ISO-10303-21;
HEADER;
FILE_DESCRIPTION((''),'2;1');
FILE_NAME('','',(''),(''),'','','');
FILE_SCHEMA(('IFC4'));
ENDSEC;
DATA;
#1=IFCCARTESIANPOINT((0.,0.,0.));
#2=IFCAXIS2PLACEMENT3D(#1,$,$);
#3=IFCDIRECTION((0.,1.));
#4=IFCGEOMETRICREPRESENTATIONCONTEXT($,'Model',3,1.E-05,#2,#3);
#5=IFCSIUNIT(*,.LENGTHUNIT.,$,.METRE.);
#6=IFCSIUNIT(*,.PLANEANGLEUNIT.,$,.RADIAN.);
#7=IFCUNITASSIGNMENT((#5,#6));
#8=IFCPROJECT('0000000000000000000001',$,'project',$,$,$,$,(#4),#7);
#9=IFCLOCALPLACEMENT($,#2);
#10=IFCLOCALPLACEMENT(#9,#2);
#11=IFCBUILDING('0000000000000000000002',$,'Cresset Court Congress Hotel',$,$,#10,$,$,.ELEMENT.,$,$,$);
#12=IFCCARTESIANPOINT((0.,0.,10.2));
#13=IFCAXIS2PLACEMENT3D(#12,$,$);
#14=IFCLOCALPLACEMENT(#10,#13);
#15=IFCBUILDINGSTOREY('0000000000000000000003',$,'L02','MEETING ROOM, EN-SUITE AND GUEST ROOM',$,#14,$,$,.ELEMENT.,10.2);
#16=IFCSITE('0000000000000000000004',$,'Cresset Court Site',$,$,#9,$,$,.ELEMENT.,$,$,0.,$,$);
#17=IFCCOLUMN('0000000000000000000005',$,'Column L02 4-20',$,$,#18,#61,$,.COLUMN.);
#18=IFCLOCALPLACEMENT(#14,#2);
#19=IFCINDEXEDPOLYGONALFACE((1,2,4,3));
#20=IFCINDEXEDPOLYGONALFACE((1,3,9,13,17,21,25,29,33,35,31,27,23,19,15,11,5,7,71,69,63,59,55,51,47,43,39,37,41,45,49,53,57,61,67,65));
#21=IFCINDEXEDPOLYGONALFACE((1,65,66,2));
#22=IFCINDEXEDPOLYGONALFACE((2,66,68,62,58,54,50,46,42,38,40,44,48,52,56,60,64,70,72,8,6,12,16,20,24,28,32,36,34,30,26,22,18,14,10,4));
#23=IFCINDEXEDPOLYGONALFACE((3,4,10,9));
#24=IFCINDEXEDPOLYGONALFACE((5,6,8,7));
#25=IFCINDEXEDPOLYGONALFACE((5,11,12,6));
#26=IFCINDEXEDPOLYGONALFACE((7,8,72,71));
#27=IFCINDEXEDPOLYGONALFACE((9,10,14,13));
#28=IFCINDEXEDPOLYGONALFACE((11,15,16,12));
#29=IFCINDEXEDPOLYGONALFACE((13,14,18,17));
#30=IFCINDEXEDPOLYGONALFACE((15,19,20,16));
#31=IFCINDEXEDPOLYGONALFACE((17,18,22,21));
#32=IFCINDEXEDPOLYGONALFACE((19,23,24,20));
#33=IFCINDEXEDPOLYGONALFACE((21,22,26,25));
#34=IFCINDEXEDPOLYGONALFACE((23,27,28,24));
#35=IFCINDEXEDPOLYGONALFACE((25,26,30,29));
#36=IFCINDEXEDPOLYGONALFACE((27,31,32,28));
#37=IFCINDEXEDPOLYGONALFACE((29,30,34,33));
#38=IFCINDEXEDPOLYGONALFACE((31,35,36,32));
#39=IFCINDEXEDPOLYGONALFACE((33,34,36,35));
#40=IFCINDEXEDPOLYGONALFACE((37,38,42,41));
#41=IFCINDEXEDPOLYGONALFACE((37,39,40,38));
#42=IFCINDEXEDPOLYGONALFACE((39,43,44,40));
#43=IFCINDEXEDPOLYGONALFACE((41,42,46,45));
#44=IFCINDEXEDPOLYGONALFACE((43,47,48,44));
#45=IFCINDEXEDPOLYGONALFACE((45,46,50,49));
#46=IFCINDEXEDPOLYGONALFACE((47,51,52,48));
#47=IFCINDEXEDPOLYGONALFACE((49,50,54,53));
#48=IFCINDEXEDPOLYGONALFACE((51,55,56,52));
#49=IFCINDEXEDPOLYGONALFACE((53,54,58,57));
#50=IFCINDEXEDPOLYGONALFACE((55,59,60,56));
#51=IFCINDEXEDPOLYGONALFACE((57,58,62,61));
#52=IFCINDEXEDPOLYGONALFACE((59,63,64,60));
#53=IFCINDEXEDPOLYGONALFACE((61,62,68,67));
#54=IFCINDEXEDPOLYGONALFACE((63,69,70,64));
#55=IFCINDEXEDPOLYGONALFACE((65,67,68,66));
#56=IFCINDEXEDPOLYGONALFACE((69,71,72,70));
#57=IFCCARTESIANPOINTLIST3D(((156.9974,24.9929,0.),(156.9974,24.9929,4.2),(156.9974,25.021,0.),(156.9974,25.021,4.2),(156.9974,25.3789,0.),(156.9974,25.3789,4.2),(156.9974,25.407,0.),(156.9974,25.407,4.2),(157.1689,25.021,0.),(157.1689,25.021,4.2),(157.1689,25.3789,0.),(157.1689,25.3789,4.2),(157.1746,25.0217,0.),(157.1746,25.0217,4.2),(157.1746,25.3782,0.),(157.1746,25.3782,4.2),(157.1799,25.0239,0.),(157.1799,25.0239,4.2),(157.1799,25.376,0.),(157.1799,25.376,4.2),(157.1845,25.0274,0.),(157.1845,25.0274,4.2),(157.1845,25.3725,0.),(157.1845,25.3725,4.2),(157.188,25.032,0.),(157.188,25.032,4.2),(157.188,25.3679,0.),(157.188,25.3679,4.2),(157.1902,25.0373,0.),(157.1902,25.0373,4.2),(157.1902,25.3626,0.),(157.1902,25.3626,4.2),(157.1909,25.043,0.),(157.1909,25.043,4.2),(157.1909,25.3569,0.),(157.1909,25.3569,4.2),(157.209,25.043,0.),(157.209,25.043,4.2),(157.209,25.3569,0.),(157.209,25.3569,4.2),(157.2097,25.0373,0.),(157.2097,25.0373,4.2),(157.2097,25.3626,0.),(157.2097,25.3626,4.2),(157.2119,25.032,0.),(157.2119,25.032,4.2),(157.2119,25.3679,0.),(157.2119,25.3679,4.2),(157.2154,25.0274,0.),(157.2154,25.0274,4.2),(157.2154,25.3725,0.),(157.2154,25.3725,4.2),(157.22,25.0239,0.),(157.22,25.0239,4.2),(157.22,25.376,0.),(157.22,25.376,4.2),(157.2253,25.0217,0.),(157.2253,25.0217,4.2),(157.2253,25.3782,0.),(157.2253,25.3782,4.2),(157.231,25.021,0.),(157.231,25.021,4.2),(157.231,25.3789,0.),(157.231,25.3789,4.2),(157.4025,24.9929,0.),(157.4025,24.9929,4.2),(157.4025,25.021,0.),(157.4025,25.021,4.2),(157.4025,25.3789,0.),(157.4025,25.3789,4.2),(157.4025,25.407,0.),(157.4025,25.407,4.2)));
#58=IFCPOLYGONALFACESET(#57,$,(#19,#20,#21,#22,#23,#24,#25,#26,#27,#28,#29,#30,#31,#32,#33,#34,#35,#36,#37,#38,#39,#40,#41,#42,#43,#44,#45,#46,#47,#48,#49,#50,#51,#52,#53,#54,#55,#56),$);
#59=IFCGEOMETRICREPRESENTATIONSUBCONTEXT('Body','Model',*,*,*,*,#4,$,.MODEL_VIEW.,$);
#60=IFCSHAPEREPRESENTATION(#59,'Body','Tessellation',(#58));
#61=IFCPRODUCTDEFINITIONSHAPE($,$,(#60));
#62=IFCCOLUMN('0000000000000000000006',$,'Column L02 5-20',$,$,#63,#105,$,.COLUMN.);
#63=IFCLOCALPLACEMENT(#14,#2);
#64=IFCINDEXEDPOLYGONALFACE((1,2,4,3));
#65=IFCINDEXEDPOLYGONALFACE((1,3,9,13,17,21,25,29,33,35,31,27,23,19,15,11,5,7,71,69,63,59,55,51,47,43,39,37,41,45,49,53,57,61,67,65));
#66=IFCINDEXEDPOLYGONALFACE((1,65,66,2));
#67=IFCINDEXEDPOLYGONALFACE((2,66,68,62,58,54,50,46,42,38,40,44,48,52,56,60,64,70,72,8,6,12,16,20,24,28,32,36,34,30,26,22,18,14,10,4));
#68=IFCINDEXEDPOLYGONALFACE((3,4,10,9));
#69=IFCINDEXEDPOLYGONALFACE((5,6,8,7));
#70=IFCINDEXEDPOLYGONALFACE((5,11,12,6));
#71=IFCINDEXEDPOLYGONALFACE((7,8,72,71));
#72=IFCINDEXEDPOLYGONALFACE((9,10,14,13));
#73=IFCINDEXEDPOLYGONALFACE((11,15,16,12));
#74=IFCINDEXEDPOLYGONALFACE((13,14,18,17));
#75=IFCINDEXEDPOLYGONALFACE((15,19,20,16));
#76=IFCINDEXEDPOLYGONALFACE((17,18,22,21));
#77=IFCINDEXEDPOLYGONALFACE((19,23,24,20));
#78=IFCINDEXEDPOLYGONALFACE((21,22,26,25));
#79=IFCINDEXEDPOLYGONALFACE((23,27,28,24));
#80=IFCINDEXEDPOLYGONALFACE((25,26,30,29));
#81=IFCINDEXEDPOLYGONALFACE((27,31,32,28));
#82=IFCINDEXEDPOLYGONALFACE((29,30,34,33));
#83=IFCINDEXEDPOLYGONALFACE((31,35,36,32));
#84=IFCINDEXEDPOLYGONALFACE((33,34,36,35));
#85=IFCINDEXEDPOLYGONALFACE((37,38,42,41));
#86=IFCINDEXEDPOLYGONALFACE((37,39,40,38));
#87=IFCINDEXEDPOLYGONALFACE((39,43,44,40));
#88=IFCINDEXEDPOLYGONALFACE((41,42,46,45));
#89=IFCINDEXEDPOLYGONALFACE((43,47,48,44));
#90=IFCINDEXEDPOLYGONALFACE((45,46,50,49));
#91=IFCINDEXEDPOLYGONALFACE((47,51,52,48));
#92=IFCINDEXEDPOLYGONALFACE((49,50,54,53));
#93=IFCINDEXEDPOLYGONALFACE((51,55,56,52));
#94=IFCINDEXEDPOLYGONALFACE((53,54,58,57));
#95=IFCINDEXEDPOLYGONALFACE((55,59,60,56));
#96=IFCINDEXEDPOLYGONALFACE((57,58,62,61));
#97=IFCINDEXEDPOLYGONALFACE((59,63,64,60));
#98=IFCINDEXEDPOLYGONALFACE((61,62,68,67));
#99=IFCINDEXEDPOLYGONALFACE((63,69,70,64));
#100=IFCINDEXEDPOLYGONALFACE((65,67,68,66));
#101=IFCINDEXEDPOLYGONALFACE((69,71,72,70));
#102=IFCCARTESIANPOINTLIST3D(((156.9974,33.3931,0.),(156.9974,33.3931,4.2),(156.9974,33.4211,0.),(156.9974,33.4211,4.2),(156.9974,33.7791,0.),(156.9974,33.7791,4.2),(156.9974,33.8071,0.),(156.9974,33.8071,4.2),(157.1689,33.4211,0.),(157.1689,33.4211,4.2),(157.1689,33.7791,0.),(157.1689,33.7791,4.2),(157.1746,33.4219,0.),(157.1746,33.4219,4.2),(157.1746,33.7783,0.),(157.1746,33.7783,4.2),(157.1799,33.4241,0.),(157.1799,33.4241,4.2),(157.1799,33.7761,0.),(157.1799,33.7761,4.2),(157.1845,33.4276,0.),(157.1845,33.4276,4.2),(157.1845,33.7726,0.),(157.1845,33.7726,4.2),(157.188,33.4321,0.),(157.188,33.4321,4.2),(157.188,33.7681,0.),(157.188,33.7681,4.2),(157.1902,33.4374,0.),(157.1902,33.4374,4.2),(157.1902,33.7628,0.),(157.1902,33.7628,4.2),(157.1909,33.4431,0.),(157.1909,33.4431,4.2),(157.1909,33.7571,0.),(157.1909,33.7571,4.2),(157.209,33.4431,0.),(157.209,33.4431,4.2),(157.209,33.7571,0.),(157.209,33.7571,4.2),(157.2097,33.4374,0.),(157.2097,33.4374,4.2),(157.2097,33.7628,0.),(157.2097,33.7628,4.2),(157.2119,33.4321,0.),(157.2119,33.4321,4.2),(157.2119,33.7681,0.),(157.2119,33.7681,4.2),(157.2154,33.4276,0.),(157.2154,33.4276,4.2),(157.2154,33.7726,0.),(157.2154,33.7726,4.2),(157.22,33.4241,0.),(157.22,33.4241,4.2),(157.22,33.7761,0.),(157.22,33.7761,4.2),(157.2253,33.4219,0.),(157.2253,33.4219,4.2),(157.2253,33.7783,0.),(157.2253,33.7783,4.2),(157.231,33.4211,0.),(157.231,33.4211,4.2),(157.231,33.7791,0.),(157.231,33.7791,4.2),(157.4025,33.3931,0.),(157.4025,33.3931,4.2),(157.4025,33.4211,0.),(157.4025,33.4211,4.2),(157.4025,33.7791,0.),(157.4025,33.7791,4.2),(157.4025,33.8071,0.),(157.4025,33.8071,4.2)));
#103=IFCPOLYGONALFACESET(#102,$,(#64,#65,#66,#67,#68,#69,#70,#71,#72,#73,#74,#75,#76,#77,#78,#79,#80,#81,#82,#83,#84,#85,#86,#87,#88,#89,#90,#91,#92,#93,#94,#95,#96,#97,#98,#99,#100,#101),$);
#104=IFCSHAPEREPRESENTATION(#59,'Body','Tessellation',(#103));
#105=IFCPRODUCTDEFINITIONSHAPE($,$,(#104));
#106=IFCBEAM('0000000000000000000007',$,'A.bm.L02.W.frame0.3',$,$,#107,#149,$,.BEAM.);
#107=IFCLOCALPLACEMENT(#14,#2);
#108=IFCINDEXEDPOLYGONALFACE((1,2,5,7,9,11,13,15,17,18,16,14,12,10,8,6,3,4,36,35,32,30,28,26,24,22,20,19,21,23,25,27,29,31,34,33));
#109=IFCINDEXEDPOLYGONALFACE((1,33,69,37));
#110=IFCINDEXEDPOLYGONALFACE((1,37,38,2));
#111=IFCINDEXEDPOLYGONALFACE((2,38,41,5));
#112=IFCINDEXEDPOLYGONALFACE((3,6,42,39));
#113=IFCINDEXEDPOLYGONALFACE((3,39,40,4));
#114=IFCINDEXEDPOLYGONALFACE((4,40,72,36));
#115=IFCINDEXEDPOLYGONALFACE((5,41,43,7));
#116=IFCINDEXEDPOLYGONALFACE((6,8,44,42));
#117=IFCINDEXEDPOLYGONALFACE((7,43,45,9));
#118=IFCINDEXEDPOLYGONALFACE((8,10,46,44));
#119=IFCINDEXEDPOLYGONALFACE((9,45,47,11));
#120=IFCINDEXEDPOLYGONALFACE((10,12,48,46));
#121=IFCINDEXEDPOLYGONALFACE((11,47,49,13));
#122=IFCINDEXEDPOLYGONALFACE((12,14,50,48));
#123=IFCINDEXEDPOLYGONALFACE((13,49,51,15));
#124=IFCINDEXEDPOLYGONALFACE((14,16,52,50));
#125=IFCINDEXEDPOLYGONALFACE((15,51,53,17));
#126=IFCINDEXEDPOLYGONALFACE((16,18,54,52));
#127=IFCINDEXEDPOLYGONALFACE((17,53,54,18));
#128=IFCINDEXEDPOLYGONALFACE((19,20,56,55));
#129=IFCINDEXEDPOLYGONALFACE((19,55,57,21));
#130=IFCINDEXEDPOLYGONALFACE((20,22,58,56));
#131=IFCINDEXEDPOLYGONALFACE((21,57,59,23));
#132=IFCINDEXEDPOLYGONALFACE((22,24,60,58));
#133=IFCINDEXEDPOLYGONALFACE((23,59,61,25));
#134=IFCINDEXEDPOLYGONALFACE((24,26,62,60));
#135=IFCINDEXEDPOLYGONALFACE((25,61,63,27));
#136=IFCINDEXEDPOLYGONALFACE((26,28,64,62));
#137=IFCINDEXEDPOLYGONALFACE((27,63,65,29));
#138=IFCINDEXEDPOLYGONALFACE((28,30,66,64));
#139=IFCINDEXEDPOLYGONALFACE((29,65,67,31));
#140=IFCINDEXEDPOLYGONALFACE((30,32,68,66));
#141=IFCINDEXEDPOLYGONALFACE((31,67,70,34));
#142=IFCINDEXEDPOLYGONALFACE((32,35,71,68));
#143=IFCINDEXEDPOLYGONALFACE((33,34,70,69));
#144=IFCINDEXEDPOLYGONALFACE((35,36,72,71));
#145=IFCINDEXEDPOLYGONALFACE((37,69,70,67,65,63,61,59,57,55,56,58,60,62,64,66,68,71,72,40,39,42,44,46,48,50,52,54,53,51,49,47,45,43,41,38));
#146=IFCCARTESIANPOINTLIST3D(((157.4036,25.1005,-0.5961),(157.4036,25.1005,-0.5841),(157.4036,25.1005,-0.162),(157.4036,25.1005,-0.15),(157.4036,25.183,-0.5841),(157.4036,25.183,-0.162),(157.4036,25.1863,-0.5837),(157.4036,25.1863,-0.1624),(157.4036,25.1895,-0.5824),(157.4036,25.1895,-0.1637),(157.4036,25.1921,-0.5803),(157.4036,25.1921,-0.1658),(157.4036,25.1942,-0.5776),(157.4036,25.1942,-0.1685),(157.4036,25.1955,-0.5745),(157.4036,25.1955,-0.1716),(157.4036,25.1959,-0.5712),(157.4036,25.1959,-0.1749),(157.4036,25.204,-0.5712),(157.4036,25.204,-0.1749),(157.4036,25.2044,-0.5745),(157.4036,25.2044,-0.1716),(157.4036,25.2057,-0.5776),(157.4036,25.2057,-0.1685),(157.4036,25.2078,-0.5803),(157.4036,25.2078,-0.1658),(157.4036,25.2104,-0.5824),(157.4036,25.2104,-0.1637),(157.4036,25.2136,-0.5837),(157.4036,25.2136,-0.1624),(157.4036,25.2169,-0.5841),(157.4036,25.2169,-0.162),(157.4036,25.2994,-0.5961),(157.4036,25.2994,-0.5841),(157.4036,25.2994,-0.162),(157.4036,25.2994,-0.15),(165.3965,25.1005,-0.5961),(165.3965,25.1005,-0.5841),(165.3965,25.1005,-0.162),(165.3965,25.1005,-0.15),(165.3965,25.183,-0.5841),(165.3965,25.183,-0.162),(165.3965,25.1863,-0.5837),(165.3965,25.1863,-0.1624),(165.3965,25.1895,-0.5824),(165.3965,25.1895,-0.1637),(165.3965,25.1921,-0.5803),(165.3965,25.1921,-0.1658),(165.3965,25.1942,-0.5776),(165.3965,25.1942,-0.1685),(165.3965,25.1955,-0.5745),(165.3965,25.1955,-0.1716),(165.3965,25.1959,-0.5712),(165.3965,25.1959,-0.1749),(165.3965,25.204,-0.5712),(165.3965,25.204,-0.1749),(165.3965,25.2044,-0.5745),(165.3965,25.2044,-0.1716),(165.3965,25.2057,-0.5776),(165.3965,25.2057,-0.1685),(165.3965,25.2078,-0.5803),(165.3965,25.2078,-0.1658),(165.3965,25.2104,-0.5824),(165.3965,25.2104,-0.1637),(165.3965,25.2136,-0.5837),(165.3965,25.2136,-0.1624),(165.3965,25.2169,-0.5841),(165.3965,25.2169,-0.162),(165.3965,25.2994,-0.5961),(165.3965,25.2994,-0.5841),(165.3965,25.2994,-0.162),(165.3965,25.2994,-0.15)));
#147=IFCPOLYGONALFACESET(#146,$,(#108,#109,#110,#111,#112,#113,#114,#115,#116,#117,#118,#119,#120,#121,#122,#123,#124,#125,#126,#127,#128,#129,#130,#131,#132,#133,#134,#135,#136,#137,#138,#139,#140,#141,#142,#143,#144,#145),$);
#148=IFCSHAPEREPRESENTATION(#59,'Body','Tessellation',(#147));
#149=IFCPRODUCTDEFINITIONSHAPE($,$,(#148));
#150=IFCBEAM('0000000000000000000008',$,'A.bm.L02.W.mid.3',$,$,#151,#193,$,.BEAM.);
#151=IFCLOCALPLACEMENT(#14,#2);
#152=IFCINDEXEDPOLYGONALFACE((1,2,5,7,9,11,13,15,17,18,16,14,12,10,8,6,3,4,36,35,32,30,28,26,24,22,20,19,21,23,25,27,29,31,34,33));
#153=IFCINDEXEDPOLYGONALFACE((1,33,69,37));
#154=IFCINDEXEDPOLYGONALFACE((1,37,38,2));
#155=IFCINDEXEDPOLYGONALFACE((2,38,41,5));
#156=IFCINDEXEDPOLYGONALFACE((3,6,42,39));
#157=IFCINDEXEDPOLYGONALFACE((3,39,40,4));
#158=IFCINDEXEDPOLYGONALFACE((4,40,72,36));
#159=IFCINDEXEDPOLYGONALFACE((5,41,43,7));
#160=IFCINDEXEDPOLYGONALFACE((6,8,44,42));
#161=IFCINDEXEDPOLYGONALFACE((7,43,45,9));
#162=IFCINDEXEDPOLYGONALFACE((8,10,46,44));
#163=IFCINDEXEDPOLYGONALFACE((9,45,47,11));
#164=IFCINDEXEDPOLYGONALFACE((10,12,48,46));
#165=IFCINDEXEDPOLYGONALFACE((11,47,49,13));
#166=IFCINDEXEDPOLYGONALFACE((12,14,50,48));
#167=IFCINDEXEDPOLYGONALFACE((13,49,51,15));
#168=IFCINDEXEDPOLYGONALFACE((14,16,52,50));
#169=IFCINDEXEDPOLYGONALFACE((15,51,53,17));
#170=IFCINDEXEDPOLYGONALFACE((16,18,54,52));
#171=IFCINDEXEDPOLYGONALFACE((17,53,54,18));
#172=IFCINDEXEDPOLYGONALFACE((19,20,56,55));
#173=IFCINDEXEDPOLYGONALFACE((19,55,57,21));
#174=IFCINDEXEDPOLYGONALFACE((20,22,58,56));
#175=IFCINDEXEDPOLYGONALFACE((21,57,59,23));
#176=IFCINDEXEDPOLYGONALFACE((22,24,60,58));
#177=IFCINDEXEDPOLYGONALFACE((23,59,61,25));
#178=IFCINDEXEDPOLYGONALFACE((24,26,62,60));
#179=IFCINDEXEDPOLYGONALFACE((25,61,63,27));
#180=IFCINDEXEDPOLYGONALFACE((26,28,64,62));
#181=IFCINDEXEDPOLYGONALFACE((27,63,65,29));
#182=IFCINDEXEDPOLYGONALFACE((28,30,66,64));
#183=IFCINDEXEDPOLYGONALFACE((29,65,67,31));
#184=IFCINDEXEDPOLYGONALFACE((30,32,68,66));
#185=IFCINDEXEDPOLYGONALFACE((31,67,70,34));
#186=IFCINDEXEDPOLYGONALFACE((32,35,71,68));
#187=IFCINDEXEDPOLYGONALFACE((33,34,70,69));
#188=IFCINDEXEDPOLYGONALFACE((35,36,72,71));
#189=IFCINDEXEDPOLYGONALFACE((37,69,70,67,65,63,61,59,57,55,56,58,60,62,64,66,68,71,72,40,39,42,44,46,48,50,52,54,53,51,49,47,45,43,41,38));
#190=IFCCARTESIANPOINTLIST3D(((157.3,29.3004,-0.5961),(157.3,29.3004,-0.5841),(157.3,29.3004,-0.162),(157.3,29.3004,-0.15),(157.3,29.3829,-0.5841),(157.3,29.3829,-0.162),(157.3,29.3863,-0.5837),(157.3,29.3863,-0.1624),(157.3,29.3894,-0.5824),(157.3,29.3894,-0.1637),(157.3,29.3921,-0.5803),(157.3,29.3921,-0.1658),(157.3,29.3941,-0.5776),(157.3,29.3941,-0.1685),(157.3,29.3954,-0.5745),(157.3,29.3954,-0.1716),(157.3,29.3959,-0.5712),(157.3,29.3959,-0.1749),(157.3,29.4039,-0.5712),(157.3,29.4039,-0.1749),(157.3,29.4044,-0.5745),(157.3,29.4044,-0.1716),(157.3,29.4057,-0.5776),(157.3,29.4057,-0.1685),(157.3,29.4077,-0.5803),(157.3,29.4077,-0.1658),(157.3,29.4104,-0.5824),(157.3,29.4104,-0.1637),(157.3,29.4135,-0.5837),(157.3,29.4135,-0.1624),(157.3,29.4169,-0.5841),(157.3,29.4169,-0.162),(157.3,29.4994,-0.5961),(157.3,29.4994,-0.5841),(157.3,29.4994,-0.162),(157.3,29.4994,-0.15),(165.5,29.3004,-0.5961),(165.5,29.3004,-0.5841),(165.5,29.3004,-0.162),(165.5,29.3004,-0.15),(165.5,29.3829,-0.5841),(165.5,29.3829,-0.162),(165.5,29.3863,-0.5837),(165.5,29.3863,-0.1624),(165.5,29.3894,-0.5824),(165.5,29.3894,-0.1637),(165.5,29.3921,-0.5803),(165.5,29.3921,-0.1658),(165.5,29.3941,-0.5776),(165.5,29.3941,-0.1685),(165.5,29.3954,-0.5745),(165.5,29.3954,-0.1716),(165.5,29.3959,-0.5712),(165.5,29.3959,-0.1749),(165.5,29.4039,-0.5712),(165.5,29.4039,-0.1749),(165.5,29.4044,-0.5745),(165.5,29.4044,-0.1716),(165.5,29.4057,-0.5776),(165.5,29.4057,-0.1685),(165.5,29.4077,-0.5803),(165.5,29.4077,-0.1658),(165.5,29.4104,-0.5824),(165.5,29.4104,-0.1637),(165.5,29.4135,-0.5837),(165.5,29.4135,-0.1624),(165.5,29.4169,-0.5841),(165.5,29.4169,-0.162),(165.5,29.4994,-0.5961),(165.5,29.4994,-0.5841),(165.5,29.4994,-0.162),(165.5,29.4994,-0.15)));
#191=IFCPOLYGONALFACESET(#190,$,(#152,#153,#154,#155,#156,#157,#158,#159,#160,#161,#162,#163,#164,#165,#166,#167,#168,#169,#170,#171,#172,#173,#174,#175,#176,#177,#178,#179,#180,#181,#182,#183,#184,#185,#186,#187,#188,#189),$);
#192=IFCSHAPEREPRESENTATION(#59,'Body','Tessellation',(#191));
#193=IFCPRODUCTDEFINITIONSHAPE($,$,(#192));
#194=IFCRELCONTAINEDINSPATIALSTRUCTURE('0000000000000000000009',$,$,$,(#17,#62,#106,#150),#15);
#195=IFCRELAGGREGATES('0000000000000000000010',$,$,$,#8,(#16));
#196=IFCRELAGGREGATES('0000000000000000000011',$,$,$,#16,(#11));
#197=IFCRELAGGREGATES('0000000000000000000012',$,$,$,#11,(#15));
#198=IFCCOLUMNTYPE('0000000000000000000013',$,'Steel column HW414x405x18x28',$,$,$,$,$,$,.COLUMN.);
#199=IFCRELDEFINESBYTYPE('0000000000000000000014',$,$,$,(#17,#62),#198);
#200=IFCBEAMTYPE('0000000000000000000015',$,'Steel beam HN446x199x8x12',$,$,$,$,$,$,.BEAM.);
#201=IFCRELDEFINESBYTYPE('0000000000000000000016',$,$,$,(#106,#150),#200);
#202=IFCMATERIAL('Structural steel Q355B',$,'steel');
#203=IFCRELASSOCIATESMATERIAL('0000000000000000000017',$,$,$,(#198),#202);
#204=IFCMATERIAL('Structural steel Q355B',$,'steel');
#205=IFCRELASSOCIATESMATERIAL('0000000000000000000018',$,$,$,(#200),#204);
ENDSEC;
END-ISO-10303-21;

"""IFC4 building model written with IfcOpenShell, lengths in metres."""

from ifc_helpers import new_model, si_unit, direction, frame, origin, origin_2d, place, context, subcontext, project, spatial, i_section, extrude, material, material_profile, profile_set, type_object, element, save


model = new_model("IFC4")

# Units and contexts
model_context = context("Model", 3, precision=1e-05, world=origin(), true_north=direction((0.0, 1.0)))
body_context = subcontext(model_context, "Body", "Model", "MODEL_VIEW")
ifc_project = project(units=[si_unit("LENGTHUNIT", "METRE"), si_unit("PLANEANGLEUNIT", "RADIAN")], contexts=[model_context])

# Site, building, storey
site_placement = place(None, origin())
site = spatial("IfcSite", under=ifc_project, at=site_placement, Name="Cresset Court Site", CompositionType="ELEMENT", RefElevation=0.0)
building_placement = place(site_placement, origin())
building = spatial("IfcBuilding", under=site, at=building_placement, Name="Cresset Court Congress Hotel", CompositionType="ELEMENT")
storey_placement = place(building_placement, frame((0.0, 0.0, 10.2)))
storey = spatial("IfcBuildingStorey", under=building, at=storey_placement, Name="L02", Description="MEETING ROOM, EN-SUITE AND GUEST ROOM", CompositionType="ELEMENT", Elevation=10.2)

# Columns
ifc_material_1 = material(Name="Structural steel Q355B", Category="steel")
ifc_material_profile_1 = material_profile(ifc_material_1, i_section(OverallWidth=0.405, OverallDepth=0.4141, WebThickness=0.0181, FlangeThickness=0.0281, FilletRadius=0.022, at=origin_2d()), Name="HW414x405x18x28")
ifc_profile_set_1 = profile_set([ifc_material_profile_1], Name="Structural steel Q355B")
column_type = type_object("IfcColumnType", Name="Steel column HW414x405x18x28", PredefinedType="COLUMN", material=ifc_profile_set_1)
for number, where, z_axis, x_axis, name in (
    (1, (157.2, 25.2, 0.0), (0.0, 0.0, 1.0), (1.0, 0.0, 0.0), "Column L02 4-20"),
    (2, (157.2, 33.6001, 0.0), (0.0, 0.0, 1.0), (1.0, 0.0, 0.0), "Column L02 5-20"),
):
    element("IfcColumn", number, at=place(storey_placement, frame(where, z_axis=z_axis, x_axis=x_axis)), inside=storey, type_object=column_type, Name=name, PredefinedType="COLUMN", context=body_context, shape_type="SweptSolid", body=[
        extrude(i_section(OverallWidth=0.405, OverallDepth=0.4141, WebThickness=0.0181, FlangeThickness=0.0281, FilletRadius=0.022, at=origin_2d()), origin(), (0.0, 0.0, 1.0), 4.2),
    ])

# Beams
ifc_material_2 = material(Name="Structural steel Q355B", Category="steel")
ifc_material_profile_2 = material_profile(ifc_material_2, i_section(OverallWidth=0.199, OverallDepth=0.446, WebThickness=0.0081, FlangeThickness=0.012, FilletRadius=0.0129, at=origin_2d()), Name="HN446x199x8x12")
ifc_profile_set_2 = profile_set([ifc_material_profile_2], Name="Structural steel Q355B")
beam_type = type_object("IfcBeamType", Name="Steel beam HN446x199x8x12", PredefinedType="BEAM", material=ifc_profile_set_2)
beam_1_placement = place(storey_placement, frame((157.4036, 25.2, -0.373), z_axis=(1.0, 0.0, 0.0), x_axis=(0.0, 1.0, 0.0)))
element("IfcBeam", 3, at=beam_1_placement, inside=storey, type_object=beam_type, Name="A.bm.L02.W.frame0.3", PredefinedType="BEAM", context=body_context, shape_type="SweptSolid", body=[
    extrude(i_section(OverallWidth=0.199, OverallDepth=0.446, WebThickness=0.0081, FlangeThickness=0.012, FilletRadius=0.0129, at=origin_2d()), origin(), (0.0, 0.0, 1.0), 7.9929),
])
beam_2_placement = place(storey_placement, frame((157.3, 29.3999, -0.373), z_axis=(1.0, 0.0, 0.0), x_axis=(0.0, 1.0, 0.0)))
element("IfcBeam", 4, at=beam_2_placement, inside=storey, type_object=beam_type, Name="A.bm.L02.W.mid.3", PredefinedType="BEAM", context=body_context, shape_type="SweptSolid", body=[
    extrude(i_section(OverallWidth=0.199, OverallDepth=0.446, WebThickness=0.0081, FlangeThickness=0.012, FilletRadius=0.0129, at=origin_2d()), origin(), (0.0, 0.0, 1.0), 8.2),
])

save(model, "model.ifc")
